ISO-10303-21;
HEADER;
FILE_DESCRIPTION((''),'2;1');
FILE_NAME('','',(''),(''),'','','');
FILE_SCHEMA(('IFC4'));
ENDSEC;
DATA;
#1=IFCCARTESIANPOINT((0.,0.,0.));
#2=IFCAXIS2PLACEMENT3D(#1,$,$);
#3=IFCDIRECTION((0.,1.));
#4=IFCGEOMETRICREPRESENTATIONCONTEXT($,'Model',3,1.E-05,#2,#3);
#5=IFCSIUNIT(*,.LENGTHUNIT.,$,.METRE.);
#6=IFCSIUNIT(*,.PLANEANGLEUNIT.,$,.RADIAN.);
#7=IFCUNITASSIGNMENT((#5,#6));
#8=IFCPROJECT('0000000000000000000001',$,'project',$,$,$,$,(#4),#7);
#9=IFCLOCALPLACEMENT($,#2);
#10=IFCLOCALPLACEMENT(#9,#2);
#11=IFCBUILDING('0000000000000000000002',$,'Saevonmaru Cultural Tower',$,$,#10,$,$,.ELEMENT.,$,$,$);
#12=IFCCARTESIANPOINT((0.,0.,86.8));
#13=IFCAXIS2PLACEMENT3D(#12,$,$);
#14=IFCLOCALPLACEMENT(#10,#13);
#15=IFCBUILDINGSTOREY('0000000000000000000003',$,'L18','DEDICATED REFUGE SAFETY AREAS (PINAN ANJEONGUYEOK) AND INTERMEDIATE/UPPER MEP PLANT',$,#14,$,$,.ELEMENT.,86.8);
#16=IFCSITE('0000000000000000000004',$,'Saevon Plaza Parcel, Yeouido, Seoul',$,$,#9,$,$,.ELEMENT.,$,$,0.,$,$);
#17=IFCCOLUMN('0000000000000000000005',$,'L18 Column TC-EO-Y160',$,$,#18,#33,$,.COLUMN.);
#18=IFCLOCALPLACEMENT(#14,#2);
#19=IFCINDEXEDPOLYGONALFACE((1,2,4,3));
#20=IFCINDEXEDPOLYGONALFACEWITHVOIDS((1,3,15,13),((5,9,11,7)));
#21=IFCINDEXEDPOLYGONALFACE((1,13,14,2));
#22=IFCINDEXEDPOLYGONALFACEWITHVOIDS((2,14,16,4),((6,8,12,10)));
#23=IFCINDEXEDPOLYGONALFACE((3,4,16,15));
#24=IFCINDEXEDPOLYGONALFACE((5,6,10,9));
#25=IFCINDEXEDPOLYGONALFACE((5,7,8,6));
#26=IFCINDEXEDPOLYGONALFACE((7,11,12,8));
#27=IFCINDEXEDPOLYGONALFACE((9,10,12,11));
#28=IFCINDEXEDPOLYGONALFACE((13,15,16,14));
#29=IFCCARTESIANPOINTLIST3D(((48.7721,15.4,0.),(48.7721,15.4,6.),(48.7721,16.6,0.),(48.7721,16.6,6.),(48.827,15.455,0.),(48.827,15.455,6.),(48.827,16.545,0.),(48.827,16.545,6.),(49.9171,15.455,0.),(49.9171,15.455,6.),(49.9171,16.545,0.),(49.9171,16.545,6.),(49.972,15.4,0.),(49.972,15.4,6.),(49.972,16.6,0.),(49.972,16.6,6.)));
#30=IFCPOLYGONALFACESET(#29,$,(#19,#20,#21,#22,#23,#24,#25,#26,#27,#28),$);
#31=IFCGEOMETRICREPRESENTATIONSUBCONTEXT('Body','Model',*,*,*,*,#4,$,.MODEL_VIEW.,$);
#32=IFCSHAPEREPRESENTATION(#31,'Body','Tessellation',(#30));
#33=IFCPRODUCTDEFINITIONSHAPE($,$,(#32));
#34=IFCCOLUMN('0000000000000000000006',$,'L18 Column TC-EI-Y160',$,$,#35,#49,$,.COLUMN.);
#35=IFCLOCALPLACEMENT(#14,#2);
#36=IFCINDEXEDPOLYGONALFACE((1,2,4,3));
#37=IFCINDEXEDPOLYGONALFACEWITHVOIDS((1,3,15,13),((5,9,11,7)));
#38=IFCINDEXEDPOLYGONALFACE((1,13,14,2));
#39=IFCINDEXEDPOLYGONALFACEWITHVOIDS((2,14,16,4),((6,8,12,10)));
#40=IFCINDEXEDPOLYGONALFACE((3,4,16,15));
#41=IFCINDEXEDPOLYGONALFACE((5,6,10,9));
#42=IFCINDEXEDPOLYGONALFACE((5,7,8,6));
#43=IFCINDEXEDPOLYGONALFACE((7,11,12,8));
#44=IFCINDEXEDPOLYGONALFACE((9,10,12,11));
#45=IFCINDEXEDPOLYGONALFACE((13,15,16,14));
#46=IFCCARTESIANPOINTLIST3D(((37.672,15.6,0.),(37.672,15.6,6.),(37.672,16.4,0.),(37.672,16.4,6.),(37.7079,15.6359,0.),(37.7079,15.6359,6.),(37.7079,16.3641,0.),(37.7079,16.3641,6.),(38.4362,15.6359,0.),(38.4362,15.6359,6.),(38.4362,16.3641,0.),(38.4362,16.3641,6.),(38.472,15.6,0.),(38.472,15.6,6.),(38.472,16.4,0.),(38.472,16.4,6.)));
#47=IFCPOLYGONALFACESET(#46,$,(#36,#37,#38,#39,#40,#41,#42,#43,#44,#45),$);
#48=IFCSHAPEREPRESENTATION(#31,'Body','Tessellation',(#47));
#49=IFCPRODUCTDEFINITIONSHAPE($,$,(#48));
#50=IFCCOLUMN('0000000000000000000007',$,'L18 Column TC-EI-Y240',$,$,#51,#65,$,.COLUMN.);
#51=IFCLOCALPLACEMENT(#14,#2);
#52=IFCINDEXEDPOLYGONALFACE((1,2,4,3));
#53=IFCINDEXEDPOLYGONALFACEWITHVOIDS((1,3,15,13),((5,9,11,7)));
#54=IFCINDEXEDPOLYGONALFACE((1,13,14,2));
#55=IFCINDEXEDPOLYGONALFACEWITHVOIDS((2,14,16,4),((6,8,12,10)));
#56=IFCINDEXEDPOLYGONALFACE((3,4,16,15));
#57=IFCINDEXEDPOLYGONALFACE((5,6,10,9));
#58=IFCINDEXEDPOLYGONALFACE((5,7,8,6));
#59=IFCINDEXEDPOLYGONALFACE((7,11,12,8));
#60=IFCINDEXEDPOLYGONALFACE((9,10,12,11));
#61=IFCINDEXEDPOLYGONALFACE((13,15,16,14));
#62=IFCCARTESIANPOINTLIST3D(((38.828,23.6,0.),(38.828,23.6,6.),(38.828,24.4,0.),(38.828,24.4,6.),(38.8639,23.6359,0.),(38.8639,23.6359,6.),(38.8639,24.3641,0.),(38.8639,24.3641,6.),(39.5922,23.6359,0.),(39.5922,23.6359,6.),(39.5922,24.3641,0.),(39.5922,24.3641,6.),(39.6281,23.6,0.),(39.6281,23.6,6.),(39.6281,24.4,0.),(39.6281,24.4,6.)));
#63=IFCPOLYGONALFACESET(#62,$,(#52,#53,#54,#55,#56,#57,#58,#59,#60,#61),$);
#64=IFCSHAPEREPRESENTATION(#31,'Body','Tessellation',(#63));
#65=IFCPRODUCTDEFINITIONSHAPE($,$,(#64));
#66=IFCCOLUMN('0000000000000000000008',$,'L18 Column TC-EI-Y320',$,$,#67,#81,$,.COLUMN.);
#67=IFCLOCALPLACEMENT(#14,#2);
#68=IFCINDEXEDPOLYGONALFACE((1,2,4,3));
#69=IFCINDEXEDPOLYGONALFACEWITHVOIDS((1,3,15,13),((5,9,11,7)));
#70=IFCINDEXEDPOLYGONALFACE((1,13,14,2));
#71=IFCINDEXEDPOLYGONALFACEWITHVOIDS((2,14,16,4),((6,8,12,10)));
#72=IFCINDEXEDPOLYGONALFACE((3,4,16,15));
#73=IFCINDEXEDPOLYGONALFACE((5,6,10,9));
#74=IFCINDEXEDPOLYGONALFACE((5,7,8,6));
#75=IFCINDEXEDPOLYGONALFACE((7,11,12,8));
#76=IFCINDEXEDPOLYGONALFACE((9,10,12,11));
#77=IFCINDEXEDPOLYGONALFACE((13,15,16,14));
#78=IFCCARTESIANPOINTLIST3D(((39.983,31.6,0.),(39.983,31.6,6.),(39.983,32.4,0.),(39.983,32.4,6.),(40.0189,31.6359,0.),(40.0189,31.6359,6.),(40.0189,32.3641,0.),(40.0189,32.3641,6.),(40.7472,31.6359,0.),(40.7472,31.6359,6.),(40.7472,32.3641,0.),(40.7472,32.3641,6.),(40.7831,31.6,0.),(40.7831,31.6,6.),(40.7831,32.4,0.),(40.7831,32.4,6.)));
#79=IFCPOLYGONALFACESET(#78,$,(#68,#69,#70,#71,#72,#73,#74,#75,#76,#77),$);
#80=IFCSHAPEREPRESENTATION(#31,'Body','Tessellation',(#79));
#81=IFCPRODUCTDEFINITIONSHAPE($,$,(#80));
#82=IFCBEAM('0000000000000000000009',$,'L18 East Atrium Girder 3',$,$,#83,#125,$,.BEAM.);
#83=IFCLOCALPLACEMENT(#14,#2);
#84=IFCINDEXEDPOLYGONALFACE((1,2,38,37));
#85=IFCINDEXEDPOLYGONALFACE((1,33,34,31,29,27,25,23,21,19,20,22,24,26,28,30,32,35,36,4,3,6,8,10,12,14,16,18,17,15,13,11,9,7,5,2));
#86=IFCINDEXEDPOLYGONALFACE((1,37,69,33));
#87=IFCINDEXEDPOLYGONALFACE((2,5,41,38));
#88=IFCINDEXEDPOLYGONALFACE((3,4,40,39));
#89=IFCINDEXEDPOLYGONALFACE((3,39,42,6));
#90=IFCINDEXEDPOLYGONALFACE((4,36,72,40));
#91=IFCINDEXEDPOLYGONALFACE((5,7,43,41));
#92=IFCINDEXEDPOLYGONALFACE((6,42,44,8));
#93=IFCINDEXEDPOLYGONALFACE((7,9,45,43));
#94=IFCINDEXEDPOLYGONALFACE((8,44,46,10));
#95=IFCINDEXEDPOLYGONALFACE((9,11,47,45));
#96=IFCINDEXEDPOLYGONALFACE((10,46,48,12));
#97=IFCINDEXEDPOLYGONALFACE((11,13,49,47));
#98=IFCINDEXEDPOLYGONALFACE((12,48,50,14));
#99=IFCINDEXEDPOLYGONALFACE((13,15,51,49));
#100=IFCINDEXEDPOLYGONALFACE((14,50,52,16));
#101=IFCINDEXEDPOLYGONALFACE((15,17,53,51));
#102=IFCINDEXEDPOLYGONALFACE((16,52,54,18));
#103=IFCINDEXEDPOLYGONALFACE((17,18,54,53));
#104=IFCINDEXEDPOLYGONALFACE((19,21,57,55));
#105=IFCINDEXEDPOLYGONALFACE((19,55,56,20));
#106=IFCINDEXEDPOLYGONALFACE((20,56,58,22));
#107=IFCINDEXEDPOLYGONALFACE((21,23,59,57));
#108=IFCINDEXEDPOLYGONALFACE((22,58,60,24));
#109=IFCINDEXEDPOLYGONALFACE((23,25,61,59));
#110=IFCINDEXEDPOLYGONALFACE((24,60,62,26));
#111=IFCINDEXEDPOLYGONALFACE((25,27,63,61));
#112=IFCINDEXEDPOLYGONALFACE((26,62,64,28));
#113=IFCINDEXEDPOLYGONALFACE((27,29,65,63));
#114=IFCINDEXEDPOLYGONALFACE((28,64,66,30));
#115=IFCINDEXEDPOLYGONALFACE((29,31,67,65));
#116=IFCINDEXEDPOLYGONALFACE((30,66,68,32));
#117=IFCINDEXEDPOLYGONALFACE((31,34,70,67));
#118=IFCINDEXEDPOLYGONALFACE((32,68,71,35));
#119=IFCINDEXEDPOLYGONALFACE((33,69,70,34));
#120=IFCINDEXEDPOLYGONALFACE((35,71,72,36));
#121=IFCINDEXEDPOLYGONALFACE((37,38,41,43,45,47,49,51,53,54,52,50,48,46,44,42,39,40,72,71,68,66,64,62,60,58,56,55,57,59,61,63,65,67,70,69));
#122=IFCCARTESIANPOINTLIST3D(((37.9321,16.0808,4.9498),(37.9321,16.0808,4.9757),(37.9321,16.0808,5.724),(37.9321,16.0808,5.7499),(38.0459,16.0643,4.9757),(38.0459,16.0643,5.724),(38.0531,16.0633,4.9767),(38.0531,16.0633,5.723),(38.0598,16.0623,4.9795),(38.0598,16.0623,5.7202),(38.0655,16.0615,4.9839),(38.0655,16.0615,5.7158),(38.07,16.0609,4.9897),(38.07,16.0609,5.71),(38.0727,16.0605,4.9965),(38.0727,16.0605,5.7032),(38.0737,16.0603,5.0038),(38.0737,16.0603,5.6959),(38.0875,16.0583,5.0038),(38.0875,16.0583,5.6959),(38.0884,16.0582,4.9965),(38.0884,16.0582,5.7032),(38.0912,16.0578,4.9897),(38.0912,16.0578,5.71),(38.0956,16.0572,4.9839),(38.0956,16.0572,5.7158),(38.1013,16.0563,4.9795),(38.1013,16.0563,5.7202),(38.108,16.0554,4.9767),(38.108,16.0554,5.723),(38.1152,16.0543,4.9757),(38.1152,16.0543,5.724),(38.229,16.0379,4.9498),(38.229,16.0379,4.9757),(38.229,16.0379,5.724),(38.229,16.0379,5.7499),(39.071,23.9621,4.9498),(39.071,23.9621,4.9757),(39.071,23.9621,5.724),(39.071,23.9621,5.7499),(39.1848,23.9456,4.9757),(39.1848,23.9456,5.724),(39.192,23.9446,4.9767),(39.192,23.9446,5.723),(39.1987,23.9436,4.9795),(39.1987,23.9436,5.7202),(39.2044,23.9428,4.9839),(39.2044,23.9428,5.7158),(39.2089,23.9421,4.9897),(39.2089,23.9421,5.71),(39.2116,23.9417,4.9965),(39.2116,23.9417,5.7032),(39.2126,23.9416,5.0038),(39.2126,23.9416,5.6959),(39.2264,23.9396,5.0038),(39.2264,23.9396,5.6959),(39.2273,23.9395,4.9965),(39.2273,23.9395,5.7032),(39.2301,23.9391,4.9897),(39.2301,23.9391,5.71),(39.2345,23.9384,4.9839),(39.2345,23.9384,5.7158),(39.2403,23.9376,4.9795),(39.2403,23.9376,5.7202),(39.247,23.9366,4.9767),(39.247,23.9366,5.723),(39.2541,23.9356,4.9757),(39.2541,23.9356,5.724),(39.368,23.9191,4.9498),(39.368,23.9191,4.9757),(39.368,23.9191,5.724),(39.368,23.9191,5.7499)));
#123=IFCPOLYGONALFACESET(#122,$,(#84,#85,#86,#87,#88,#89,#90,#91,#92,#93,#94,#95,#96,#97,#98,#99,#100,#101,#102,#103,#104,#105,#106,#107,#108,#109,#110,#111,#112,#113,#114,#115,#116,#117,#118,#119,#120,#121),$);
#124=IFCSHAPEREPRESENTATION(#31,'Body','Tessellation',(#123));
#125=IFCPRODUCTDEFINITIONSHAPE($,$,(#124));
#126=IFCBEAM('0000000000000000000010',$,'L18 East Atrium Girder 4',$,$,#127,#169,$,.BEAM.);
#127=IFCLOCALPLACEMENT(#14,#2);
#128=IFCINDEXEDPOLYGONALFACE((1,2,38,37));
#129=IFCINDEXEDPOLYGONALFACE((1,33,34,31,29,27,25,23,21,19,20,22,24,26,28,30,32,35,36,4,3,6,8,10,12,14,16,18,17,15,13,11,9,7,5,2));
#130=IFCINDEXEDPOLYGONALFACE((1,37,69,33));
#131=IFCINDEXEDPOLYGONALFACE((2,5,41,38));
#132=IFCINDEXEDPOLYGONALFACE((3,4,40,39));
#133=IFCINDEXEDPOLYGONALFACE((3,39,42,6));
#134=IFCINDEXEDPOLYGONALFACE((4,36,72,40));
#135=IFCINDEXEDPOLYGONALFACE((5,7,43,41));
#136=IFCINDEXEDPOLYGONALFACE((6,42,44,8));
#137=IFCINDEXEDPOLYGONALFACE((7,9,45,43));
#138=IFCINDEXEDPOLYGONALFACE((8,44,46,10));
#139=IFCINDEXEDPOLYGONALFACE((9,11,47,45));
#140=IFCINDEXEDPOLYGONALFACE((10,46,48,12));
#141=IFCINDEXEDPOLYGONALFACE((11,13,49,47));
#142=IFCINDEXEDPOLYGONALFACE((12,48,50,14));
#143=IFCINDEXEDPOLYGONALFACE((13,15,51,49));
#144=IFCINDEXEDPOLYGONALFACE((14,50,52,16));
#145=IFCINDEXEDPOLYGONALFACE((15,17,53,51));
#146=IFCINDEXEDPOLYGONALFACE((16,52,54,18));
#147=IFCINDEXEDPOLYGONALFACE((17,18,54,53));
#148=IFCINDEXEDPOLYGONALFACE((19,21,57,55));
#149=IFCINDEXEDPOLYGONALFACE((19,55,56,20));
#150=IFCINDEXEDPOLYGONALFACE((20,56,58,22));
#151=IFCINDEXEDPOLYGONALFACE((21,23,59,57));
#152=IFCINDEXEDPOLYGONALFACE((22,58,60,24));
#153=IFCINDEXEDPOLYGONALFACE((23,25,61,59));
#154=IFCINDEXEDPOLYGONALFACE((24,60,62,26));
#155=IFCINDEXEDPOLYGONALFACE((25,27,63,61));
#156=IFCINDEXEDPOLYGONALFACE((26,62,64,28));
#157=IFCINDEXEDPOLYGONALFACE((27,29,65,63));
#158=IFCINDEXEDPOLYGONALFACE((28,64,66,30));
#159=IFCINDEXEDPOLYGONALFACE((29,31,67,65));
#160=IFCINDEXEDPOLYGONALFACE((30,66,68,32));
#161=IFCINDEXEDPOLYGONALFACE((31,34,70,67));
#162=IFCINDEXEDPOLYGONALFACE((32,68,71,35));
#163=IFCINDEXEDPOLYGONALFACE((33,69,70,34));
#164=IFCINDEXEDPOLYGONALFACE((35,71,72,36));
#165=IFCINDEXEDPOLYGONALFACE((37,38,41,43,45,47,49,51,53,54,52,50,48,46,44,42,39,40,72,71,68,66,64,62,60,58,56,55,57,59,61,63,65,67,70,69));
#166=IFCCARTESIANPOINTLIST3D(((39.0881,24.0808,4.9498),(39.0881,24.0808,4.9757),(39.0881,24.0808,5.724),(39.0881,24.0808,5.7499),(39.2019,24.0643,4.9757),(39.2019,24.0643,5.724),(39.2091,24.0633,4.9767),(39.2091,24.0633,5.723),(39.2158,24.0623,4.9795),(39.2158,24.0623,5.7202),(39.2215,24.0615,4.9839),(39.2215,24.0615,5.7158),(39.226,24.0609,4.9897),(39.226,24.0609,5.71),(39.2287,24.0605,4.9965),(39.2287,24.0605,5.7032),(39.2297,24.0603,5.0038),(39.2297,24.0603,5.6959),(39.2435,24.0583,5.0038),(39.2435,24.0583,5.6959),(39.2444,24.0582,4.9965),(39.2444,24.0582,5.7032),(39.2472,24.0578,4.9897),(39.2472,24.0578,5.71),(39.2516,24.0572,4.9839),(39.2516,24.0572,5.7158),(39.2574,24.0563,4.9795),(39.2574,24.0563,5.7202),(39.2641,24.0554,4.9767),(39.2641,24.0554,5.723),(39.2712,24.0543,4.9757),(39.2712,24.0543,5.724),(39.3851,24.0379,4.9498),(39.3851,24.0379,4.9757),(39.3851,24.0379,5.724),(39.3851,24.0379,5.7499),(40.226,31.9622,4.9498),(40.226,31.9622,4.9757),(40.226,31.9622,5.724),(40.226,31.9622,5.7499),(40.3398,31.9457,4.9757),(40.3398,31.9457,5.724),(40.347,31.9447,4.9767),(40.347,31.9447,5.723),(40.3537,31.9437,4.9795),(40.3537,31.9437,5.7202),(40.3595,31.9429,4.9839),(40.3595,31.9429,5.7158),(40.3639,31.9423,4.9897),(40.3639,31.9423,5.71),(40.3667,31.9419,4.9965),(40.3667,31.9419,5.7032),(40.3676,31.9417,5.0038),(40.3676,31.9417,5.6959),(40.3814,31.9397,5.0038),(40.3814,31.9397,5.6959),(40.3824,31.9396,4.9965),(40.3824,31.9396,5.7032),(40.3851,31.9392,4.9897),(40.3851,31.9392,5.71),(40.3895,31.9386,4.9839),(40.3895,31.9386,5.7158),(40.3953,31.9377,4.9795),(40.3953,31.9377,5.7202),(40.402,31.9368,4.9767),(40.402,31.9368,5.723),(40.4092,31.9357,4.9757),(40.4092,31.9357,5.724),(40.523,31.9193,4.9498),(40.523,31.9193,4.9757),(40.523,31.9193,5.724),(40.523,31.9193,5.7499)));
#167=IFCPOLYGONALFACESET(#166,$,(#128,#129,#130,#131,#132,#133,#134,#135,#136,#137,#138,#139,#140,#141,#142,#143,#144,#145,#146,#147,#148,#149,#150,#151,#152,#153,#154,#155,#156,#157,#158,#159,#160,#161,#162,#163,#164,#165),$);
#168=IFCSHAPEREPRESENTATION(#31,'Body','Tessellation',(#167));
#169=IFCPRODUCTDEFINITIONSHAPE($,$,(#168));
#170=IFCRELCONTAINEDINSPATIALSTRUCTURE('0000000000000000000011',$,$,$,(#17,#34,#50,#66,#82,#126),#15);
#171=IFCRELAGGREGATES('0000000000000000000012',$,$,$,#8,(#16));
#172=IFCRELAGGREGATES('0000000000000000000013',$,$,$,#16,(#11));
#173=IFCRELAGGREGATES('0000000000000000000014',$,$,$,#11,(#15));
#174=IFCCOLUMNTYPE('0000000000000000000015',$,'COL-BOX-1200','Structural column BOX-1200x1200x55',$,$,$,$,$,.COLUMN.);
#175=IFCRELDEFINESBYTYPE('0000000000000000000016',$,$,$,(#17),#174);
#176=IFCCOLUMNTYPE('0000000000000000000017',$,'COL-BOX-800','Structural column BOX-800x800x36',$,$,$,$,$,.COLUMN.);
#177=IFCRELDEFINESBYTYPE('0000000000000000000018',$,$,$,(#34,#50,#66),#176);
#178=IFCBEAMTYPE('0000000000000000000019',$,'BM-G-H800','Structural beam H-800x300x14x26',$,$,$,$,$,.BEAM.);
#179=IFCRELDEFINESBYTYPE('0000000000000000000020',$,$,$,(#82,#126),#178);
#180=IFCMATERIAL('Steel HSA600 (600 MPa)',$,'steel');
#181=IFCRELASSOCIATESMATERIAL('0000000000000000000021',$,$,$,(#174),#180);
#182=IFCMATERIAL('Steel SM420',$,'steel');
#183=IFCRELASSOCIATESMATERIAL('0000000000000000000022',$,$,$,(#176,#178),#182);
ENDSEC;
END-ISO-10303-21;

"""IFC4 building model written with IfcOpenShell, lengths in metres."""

from ifc_helpers import new_model, si_unit, direction, frame, origin, origin_2d, place, context, subcontext, project, spatial, hollow_rectangle, i_section, extrude, material, material_profile, profile_set, type_object, element, save


model = new_model("IFC4")

# Units and contexts
model_context = context("Model", 3, precision=1e-05, world=origin(), true_north=direction((0.0, 1.0)))
body_context = subcontext(model_context, "Body", "Model", "MODEL_VIEW")
ifc_project = project(units=[si_unit("LENGTHUNIT", "METRE"), si_unit("PLANEANGLEUNIT", "RADIAN")], contexts=[model_context])

# Site, building, storey
site_placement = place(None, origin())
site = spatial("IfcSite", under=ifc_project, at=site_placement, Name="Saevon Plaza Parcel, Yeouido, Seoul", CompositionType="ELEMENT", RefElevation=0.0)
building_placement = place(site_placement, origin())
building = spatial("IfcBuilding", under=site, at=building_placement, Name="Saevonmaru Cultural Tower", CompositionType="ELEMENT")
storey_placement = place(building_placement, frame((0.0, 0.0, 86.8)))
storey = spatial("IfcBuildingStorey", under=building, at=storey_placement, Name="L18", Description="DEDICATED REFUGE SAFETY AREAS (PINAN ANJEONGUYEOK) AND INTERMEDIATE/UPPER MEP PLANT", CompositionType="ELEMENT", Elevation=86.8)

# Columns
ifc_material_1 = material(Name="Steel HSA600 (600 MPa)", Category="steel")
ifc_material_profile_1 = material_profile(ifc_material_1, hollow_rectangle(XDim=1.2, YDim=1.2, WallThickness=0.0549, at=origin_2d()), Name="BOX-1200x1200x55")
ifc_profile_set_1 = profile_set([ifc_material_profile_1], Name="Steel HSA600 (600 MPa)")
column_type_1 = type_object("IfcColumnType", Name="COL-BOX-1200", Description="Structural column BOX-1200x1200x55", PredefinedType="COLUMN", material=ifc_profile_set_1)
column_placement = place(storey_placement, frame((49.3721, 16.0, 0.0), z_axis=(0.0, 0.0, 1.0), x_axis=(1.0, 0.0, 0.0)))
element("IfcColumn", 1, at=column_placement, inside=storey, type_object=column_type_1, Name="L18 Column TC-EO-Y160", PredefinedType="COLUMN", context=body_context, shape_type="SweptSolid", body=[
    extrude(hollow_rectangle(XDim=1.2, YDim=1.2, WallThickness=0.0549, at=origin_2d()), origin(), (0.0, 0.0, 1.0), 6.0),
])
ifc_material_2 = material(Name="Steel SM420", Category="steel")
ifc_material_profile_2 = material_profile(ifc_material_2, hollow_rectangle(XDim=0.8, YDim=0.8, WallThickness=0.0359, at=origin_2d()), Name="BOX-800x800x36")
ifc_profile_set_2 = profile_set([ifc_material_profile_2], Name="Steel SM420")
column_type_2 = type_object("IfcColumnType", Name="COL-BOX-800", Description="Structural column BOX-800x800x36", PredefinedType="COLUMN", material=ifc_profile_set_2)
for number, where, z_axis, x_axis, name in (
    (2, (38.072, 16.0, 0.0), (0.0, 0.0, 1.0), (1.0, 0.0, 0.0), "L18 Column TC-EI-Y160"),
    (3, (39.228, 24.0, 0.0), (0.0, 0.0, 1.0), (1.0, 0.0, 0.0), "L18 Column TC-EI-Y240"),
    (4, (40.3831, 32.0, 0.0), (0.0, 0.0, 1.0), (1.0, 0.0, 0.0), "L18 Column TC-EI-Y320"),
):
    element("IfcColumn", number, at=place(storey_placement, frame(where, z_axis=z_axis, x_axis=x_axis)), inside=storey, type_object=column_type_2, Name=name, PredefinedType="COLUMN", context=body_context, shape_type="SweptSolid", body=[
        extrude(hollow_rectangle(XDim=0.8, YDim=0.8, WallThickness=0.0359, at=origin_2d()), origin(), (0.0, 0.0, 1.0), 6.0),
    ])

# Beams
ifc_material_profile_3 = material_profile(ifc_material_2, i_section(OverallWidth=0.3, OverallDepth=0.8, WebThickness=0.0139, FlangeThickness=0.0259, FilletRadius=0.0281, at=origin_2d()), Name="H-800x300x14x26")
ifc_profile_set_3 = profile_set([ifc_material_profile_3], Name="Steel SM420")
beam_type_1 = type_object("IfcBeamType", Name="BM-G-H800", Description="Structural beam H-800x300x14x26", PredefinedType="BEAM", material=ifc_profile_set_3)
for number, where, z_axis, x_axis, name in (
    (5, (38.0806, 16.0593, 5.3499), (0.143022, 0.989719, 0.0), (-0.989719, 0.143022, 0.0), "L18 East Atrium Girder 3"),
    (6, (39.2366, 24.0593, 5.3499), (0.142902, 0.989737, 0.0), (-0.989737, 0.142902, 0.0), "L18 East Atrium Girder 4"),
):
    element("IfcBeam", number, at=place(storey_placement, frame(where, z_axis=z_axis, x_axis=x_axis)), inside=storey, type_object=beam_type_1, Name=name, PredefinedType="BEAM", context=body_context, shape_type="SweptSolid", body=[
        extrude(i_section(OverallWidth=0.3, OverallDepth=0.8, WebThickness=0.0139, FlangeThickness=0.0259, FilletRadius=0.0281, at=origin_2d()), origin(), (0.0, 0.0, 1.0), 7.9631),
    ])

save(model, "model.ifc")
